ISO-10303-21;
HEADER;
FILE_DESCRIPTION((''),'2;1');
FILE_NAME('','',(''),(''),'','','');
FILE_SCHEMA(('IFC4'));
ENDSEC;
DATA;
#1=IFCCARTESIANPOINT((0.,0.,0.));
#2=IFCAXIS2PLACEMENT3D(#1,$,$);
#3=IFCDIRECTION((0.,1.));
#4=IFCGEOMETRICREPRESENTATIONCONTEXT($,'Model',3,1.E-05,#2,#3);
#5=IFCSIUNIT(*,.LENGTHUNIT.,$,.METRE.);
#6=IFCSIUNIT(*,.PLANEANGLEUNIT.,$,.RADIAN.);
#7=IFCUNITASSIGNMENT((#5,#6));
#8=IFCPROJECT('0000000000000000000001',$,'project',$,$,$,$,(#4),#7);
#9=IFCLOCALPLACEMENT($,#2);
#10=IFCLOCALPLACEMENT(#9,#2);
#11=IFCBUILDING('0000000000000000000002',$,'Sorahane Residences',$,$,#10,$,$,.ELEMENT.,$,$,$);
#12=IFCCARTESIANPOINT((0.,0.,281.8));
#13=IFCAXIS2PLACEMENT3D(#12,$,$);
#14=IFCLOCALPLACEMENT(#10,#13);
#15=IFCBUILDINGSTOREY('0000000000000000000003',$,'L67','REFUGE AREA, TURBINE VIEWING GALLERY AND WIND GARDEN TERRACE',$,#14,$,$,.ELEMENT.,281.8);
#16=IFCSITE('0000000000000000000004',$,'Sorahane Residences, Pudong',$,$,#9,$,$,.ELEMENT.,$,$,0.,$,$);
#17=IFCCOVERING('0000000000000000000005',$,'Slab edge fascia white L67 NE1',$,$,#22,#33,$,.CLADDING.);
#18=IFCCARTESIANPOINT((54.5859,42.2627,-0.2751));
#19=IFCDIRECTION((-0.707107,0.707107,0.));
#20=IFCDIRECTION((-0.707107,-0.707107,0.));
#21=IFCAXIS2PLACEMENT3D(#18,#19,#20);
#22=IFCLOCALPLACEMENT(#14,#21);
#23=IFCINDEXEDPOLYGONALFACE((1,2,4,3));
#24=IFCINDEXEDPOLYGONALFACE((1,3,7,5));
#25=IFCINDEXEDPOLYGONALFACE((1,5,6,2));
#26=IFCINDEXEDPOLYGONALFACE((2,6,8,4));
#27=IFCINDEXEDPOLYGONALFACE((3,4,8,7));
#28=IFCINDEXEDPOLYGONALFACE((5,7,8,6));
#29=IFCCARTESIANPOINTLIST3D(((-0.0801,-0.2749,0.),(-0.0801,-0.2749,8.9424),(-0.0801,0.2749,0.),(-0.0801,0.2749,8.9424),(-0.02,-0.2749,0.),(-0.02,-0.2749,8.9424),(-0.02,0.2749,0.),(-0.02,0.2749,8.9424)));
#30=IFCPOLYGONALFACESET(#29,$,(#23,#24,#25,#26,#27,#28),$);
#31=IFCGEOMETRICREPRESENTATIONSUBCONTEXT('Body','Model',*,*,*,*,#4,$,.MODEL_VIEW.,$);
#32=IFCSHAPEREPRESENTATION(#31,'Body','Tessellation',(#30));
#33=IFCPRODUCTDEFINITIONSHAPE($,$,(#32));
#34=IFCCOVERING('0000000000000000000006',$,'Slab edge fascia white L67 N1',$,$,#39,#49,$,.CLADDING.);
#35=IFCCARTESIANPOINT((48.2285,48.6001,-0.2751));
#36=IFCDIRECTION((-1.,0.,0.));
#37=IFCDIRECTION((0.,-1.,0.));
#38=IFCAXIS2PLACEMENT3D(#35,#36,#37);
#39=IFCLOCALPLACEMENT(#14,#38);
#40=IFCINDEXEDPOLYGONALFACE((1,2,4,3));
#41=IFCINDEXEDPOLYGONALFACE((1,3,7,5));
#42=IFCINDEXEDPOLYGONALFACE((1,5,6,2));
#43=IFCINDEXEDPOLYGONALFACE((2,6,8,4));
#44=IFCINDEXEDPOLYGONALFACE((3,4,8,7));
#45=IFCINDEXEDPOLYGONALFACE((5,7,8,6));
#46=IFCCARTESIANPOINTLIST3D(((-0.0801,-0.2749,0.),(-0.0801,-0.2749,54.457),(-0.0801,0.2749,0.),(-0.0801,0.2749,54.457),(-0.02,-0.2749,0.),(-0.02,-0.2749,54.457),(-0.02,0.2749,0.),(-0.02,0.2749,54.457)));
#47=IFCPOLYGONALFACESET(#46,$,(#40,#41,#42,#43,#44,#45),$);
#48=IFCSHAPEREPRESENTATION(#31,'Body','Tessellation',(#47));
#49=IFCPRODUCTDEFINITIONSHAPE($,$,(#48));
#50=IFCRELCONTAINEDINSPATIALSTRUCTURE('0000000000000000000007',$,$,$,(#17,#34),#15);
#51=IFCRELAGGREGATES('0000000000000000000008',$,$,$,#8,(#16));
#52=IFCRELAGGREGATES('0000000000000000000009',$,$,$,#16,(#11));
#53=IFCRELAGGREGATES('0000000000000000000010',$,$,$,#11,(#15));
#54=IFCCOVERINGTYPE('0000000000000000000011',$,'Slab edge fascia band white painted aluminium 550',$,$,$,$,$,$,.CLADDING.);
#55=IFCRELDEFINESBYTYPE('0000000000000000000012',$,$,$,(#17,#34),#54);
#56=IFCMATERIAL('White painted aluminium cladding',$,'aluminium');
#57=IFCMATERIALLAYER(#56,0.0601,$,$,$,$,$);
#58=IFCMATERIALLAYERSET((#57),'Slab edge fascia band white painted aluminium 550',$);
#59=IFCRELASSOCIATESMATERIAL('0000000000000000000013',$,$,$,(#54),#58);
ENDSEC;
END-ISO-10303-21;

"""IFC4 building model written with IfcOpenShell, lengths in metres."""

from ifc_helpers import new_model, si_unit, direction, frame, origin, place, context, subcontext, project, spatial, polyline, outline, extrude, material, layer, layer_set, type_object, element, save


model = new_model("IFC4")

# Units and contexts
model_context = context("Model", 3, precision=1e-05, world=origin(), true_north=direction((0.0, 1.0)))
body_context = subcontext(model_context, "Body", "Model", "MODEL_VIEW")
ifc_project = project(units=[si_unit("LENGTHUNIT", "METRE"), si_unit("PLANEANGLEUNIT", "RADIAN")], contexts=[model_context])

# Site, building, storey
site_placement = place(None, origin())
site = spatial("IfcSite", under=ifc_project, at=site_placement, Name="Sorahane Residences, Pudong", CompositionType="ELEMENT", RefElevation=0.0)
building_placement = place(site_placement, origin())
building = spatial("IfcBuilding", under=site, at=building_placement, Name="Sorahane Residences", CompositionType="ELEMENT")
storey_placement = place(building_placement, frame((0.0, 0.0, 281.8)))
storey = spatial("IfcBuildingStorey", under=building, at=storey_placement, Name="L67", Description="REFUGE AREA, TURBINE VIEWING GALLERY AND WIND GARDEN TERRACE", CompositionType="ELEMENT", Elevation=281.8)

# Coverings
ifc_material_1 = material(Name="White painted aluminium cladding", Category="aluminium")
ifc_layer_1 = layer(ifc_material_1, 0.0601)
ifc_layer_set_1 = layer_set([ifc_layer_1], Name="Slab edge fascia band white painted aluminium 550")
covering_type = type_object("IfcCoveringType", Name="Slab edge fascia band white painted aluminium 550", PredefinedType="CLADDING", material=ifc_layer_set_1)
covering_1_placement = place(storey_placement, frame((54.5859, 42.2627, -0.2751), z_axis=(-0.707107, 0.707107, 0.0), x_axis=(-0.707107, -0.707107, 0.0)))
element("IfcCovering", 1, at=covering_1_placement, inside=storey, type_object=covering_type, Name="Slab edge fascia white L67 NE1", PredefinedType="CLADDING", context=body_context, shape_type="SweptSolid", body=[
    extrude(outline(polyline([(-0.02, 0.2749), (-0.0801, 0.2749), (-0.0801, -0.2749), (-0.02, -0.2749), (-0.02, 0.2749)])), origin(), (0.0, 0.0, 1.0), 8.9424),
])
covering_2_placement = place(storey_placement, frame((48.2285, 48.6001, -0.2751), z_axis=(-1.0, 0.0, 0.0), x_axis=(0.0, -1.0, 0.0)))
element("IfcCovering", 2, at=covering_2_placement, inside=storey, type_object=covering_type, Name="Slab edge fascia white L67 N1", PredefinedType="CLADDING", context=body_context, shape_type="SweptSolid", body=[
    extrude(outline(polyline([(-0.02, 0.2749), (-0.0801, 0.2749), (-0.0801, -0.2749), (-0.02, -0.2749), (-0.02, 0.2749)])), origin(), (0.0, 0.0, 1.0), 54.457),
])

save(model, "model.ifc")
